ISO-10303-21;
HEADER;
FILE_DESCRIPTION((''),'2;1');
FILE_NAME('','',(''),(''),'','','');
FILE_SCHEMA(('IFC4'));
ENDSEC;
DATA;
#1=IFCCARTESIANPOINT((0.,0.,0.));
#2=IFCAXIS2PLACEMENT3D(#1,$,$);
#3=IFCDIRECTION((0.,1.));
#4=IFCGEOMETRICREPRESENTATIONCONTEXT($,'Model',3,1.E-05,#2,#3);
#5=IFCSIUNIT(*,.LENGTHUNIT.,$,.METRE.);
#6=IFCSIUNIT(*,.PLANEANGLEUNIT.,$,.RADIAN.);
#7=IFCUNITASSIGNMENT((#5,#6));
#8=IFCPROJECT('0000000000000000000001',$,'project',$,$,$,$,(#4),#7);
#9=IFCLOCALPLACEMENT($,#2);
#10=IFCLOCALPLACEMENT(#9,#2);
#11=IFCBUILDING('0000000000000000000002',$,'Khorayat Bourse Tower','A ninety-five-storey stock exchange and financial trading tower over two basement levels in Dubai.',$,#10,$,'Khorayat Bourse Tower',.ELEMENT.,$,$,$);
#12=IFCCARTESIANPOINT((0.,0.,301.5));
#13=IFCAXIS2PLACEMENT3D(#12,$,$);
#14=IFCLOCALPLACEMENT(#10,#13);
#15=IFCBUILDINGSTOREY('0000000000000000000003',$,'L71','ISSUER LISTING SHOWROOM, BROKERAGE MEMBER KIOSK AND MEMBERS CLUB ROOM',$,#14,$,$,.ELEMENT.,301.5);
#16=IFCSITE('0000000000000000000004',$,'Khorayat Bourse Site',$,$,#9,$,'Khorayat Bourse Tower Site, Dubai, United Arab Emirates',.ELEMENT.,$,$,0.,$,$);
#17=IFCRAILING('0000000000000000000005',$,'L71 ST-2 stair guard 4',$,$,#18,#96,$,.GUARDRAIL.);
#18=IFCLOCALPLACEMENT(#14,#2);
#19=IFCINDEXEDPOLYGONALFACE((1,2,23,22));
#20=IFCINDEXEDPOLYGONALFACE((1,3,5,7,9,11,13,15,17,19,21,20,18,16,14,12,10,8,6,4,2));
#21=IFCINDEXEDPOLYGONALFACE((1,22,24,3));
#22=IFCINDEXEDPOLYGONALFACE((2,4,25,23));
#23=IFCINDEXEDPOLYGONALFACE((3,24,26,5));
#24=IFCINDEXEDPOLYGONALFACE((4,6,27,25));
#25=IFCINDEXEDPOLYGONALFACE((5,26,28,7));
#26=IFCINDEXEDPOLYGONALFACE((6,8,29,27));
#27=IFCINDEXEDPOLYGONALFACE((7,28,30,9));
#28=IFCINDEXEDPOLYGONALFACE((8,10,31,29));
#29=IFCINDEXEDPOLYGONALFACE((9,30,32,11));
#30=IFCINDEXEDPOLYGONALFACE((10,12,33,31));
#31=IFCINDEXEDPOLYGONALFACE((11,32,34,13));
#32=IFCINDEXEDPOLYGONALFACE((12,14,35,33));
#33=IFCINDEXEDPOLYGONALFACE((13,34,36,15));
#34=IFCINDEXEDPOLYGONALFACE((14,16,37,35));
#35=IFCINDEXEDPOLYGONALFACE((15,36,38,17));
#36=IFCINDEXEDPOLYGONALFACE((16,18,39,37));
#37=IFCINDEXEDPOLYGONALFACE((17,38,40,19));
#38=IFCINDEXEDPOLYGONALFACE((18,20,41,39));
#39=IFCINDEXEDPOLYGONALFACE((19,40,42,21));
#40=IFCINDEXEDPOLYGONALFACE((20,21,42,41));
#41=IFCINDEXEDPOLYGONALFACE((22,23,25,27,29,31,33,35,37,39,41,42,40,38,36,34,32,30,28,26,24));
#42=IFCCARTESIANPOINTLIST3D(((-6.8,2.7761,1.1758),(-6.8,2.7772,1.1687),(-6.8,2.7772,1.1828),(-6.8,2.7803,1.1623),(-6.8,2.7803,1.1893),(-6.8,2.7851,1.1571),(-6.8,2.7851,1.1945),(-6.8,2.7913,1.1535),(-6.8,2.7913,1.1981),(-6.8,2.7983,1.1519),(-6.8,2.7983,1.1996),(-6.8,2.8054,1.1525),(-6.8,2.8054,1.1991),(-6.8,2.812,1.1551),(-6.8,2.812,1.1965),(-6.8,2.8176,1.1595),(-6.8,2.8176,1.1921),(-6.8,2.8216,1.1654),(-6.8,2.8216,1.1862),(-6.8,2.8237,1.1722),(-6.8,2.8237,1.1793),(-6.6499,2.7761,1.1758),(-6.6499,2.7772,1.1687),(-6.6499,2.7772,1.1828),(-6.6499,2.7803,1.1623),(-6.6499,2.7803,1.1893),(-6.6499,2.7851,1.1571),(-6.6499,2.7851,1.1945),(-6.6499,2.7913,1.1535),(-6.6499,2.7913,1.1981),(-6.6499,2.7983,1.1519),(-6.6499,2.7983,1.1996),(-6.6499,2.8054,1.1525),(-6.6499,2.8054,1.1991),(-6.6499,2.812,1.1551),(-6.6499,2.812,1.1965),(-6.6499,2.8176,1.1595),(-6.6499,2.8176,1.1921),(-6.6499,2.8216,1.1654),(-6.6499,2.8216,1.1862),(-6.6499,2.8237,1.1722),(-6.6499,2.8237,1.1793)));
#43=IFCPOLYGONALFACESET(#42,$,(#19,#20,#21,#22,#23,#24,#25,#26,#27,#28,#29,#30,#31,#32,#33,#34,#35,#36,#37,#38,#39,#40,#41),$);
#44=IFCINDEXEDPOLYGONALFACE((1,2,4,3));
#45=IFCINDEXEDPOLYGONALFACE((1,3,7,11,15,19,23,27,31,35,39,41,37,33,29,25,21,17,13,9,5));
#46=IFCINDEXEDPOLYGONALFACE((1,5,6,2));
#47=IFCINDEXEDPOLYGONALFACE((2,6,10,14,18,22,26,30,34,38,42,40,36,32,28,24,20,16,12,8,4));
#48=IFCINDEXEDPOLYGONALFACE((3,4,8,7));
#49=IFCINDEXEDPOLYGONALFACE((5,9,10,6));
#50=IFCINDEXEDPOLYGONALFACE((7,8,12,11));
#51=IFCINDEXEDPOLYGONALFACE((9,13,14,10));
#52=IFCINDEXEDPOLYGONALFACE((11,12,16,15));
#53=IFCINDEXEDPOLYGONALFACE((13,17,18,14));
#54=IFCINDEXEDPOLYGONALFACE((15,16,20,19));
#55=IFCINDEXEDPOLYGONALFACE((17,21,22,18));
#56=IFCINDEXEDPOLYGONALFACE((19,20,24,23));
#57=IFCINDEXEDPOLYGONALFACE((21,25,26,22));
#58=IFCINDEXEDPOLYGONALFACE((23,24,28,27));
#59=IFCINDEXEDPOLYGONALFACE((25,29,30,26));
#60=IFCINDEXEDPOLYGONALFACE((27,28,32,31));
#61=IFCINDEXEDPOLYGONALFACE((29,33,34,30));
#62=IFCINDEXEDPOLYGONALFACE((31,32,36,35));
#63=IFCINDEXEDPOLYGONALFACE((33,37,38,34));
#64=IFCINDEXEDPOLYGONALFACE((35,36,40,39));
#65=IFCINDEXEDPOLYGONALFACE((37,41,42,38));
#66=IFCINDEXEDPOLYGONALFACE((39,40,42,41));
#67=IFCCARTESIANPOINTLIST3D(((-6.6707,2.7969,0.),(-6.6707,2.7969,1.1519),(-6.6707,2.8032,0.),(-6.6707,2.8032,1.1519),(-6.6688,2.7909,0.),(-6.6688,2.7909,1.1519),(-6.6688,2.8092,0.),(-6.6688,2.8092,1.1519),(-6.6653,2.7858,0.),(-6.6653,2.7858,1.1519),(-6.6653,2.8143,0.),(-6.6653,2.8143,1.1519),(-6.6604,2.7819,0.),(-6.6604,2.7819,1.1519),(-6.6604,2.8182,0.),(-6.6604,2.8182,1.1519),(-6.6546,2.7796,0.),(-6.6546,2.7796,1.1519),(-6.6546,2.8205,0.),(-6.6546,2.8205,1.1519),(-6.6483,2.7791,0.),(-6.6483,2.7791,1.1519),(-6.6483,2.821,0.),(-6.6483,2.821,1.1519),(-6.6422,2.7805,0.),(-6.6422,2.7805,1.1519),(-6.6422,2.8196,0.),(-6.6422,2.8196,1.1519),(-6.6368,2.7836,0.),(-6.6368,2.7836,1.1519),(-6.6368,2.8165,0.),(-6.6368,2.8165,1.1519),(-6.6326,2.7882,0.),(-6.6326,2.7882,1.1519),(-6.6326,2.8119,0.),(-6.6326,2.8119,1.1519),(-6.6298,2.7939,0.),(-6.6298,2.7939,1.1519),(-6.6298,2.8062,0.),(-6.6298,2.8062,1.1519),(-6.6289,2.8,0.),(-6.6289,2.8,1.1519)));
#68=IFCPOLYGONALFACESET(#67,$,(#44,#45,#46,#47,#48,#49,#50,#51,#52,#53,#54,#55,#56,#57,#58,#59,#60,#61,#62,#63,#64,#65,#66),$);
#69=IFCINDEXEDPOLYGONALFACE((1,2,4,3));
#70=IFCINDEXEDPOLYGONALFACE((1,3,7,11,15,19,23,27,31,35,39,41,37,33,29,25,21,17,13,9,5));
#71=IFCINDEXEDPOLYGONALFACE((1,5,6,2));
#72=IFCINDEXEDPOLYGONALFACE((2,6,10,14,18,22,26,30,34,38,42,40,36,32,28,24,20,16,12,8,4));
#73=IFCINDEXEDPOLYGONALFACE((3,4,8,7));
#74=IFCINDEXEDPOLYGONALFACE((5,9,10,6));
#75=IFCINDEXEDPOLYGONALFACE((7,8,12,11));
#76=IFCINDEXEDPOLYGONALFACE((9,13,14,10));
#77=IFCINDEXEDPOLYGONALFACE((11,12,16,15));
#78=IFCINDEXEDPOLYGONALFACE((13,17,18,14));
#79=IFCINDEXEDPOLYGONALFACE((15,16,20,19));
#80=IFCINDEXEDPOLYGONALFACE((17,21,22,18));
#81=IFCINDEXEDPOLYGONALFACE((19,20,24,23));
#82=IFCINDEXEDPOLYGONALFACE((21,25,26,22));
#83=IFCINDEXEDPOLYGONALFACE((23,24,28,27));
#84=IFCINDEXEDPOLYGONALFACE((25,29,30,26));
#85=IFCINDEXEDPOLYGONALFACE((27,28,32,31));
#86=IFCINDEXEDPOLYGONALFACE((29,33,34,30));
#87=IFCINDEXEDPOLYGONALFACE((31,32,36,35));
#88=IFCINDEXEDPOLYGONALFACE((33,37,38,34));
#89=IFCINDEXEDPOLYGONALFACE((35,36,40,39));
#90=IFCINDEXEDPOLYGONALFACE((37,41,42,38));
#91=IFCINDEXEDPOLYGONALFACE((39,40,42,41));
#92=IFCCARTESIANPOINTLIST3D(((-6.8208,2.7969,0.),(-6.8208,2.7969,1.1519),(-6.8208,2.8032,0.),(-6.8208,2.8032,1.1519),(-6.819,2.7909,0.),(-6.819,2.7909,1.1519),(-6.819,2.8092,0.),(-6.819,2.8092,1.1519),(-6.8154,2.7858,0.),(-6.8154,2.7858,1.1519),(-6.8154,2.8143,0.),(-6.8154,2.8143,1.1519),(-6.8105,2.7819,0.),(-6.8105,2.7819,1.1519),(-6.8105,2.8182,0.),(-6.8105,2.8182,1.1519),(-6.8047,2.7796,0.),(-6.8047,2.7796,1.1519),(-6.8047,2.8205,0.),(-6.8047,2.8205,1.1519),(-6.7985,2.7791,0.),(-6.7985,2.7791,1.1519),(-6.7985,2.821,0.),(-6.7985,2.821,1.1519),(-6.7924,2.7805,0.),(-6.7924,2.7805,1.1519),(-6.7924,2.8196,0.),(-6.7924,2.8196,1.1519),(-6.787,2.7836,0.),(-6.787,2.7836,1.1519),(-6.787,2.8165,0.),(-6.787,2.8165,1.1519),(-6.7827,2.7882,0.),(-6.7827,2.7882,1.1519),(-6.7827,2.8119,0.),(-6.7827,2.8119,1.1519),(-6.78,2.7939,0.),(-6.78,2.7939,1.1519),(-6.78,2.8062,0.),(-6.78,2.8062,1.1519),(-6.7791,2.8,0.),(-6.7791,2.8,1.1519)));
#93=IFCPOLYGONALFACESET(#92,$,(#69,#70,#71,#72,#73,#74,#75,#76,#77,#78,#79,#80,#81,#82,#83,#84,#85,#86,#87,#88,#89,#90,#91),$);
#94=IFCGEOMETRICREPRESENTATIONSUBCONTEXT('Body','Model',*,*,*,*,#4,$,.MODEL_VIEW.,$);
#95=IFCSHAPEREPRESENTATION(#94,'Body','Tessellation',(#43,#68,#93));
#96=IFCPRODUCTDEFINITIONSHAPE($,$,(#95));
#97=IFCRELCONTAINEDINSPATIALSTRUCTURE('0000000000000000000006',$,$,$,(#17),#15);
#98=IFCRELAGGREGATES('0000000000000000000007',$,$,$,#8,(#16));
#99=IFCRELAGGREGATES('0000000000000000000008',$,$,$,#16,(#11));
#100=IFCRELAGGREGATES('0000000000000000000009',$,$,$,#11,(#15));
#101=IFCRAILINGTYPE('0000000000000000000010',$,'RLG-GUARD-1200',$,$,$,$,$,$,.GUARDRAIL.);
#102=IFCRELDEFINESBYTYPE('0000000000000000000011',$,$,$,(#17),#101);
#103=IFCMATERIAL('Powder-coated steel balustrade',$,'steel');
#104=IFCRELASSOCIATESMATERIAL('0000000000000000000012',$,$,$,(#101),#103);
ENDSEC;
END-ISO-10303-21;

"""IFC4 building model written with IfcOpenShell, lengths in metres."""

from ifc_helpers import new_model, si_unit, direction, frame, origin, origin_2d, place, context, subcontext, project, spatial, circle, extrude, source, transform, mapped, material, type_object, element, save


model = new_model("IFC4")

# Units and contexts
model_context = context("Model", 3, precision=1e-05, world=origin(), true_north=direction((0.0, 1.0)))
body_context = subcontext(model_context, "Body", "Model", "MODEL_VIEW")
ifc_project = project(units=[si_unit("LENGTHUNIT", "METRE"), si_unit("PLANEANGLEUNIT", "RADIAN")], contexts=[model_context])

# Site, building, storey
site_placement = place(None, origin())
site = spatial("IfcSite", under=ifc_project, at=site_placement, Name="Khorayat Bourse Site", LongName="Khorayat Bourse Tower Site, Dubai, United Arab Emirates", CompositionType="ELEMENT", RefElevation=0.0)
building_placement = place(site_placement, origin())
building = spatial("IfcBuilding", under=site, at=building_placement, Name="Khorayat Bourse Tower", Description="A ninety-five-storey stock exchange and financial trading tower over two basement levels in Dubai.", LongName="Khorayat Bourse Tower", CompositionType="ELEMENT")
storey_placement = place(building_placement, frame((0.0, 0.0, 301.5)))
storey = spatial("IfcBuildingStorey", under=building, at=storey_placement, Name="L71", Description="ISSUER LISTING SHOWROOM, BROKERAGE MEMBER KIOSK AND MEMBERS CLUB ROOM", CompositionType="ELEMENT", Elevation=301.5)

# Railing
ifc_material_1 = material(Name="Powder-coated steel balustrade", Category="steel")
railing_type_1 = type_object("IfcRailingType", Name="RLG-GUARD-1200", PredefinedType="GUARDRAIL", material=ifc_material_1)
shared_shape_1 = source(origin(), body_context, "Body", "SweptSolid", [
    extrude(circle(Radius=0.0239, at=origin_2d()), frame((0.0, 0.0, 1.1758), z_axis=(-1.0, 0.0, 0.0), x_axis=(0.0, -1.0, 0.0)), (0.0, 0.0, 1.0), 0.1501),
    extrude(circle(Radius=0.021, at=origin_2d()), origin(), (0.0, 0.0, 1.0), 1.1519),
    extrude(circle(Radius=0.021, at=origin_2d()), frame((-0.1501, 0.0, 0.0)), (0.0, 0.0, 1.0), 1.1519),
])
for number, where, name in (
    (1, (-6.6499, 2.8, 0.0), "L71 ST-2 stair guard 4"),
):
    element("IfcRailing", number, at=place(storey_placement, frame(where)), inside=storey, type_object=railing_type_1, Name=name, PredefinedType="GUARDRAIL", context=body_context, shape_type="MappedRepresentation", body=[
        mapped(shared_shape_1, transform((0.0, 0.0, 0.0), scale=1.0)),
    ])

save(model, "model.ifc")
